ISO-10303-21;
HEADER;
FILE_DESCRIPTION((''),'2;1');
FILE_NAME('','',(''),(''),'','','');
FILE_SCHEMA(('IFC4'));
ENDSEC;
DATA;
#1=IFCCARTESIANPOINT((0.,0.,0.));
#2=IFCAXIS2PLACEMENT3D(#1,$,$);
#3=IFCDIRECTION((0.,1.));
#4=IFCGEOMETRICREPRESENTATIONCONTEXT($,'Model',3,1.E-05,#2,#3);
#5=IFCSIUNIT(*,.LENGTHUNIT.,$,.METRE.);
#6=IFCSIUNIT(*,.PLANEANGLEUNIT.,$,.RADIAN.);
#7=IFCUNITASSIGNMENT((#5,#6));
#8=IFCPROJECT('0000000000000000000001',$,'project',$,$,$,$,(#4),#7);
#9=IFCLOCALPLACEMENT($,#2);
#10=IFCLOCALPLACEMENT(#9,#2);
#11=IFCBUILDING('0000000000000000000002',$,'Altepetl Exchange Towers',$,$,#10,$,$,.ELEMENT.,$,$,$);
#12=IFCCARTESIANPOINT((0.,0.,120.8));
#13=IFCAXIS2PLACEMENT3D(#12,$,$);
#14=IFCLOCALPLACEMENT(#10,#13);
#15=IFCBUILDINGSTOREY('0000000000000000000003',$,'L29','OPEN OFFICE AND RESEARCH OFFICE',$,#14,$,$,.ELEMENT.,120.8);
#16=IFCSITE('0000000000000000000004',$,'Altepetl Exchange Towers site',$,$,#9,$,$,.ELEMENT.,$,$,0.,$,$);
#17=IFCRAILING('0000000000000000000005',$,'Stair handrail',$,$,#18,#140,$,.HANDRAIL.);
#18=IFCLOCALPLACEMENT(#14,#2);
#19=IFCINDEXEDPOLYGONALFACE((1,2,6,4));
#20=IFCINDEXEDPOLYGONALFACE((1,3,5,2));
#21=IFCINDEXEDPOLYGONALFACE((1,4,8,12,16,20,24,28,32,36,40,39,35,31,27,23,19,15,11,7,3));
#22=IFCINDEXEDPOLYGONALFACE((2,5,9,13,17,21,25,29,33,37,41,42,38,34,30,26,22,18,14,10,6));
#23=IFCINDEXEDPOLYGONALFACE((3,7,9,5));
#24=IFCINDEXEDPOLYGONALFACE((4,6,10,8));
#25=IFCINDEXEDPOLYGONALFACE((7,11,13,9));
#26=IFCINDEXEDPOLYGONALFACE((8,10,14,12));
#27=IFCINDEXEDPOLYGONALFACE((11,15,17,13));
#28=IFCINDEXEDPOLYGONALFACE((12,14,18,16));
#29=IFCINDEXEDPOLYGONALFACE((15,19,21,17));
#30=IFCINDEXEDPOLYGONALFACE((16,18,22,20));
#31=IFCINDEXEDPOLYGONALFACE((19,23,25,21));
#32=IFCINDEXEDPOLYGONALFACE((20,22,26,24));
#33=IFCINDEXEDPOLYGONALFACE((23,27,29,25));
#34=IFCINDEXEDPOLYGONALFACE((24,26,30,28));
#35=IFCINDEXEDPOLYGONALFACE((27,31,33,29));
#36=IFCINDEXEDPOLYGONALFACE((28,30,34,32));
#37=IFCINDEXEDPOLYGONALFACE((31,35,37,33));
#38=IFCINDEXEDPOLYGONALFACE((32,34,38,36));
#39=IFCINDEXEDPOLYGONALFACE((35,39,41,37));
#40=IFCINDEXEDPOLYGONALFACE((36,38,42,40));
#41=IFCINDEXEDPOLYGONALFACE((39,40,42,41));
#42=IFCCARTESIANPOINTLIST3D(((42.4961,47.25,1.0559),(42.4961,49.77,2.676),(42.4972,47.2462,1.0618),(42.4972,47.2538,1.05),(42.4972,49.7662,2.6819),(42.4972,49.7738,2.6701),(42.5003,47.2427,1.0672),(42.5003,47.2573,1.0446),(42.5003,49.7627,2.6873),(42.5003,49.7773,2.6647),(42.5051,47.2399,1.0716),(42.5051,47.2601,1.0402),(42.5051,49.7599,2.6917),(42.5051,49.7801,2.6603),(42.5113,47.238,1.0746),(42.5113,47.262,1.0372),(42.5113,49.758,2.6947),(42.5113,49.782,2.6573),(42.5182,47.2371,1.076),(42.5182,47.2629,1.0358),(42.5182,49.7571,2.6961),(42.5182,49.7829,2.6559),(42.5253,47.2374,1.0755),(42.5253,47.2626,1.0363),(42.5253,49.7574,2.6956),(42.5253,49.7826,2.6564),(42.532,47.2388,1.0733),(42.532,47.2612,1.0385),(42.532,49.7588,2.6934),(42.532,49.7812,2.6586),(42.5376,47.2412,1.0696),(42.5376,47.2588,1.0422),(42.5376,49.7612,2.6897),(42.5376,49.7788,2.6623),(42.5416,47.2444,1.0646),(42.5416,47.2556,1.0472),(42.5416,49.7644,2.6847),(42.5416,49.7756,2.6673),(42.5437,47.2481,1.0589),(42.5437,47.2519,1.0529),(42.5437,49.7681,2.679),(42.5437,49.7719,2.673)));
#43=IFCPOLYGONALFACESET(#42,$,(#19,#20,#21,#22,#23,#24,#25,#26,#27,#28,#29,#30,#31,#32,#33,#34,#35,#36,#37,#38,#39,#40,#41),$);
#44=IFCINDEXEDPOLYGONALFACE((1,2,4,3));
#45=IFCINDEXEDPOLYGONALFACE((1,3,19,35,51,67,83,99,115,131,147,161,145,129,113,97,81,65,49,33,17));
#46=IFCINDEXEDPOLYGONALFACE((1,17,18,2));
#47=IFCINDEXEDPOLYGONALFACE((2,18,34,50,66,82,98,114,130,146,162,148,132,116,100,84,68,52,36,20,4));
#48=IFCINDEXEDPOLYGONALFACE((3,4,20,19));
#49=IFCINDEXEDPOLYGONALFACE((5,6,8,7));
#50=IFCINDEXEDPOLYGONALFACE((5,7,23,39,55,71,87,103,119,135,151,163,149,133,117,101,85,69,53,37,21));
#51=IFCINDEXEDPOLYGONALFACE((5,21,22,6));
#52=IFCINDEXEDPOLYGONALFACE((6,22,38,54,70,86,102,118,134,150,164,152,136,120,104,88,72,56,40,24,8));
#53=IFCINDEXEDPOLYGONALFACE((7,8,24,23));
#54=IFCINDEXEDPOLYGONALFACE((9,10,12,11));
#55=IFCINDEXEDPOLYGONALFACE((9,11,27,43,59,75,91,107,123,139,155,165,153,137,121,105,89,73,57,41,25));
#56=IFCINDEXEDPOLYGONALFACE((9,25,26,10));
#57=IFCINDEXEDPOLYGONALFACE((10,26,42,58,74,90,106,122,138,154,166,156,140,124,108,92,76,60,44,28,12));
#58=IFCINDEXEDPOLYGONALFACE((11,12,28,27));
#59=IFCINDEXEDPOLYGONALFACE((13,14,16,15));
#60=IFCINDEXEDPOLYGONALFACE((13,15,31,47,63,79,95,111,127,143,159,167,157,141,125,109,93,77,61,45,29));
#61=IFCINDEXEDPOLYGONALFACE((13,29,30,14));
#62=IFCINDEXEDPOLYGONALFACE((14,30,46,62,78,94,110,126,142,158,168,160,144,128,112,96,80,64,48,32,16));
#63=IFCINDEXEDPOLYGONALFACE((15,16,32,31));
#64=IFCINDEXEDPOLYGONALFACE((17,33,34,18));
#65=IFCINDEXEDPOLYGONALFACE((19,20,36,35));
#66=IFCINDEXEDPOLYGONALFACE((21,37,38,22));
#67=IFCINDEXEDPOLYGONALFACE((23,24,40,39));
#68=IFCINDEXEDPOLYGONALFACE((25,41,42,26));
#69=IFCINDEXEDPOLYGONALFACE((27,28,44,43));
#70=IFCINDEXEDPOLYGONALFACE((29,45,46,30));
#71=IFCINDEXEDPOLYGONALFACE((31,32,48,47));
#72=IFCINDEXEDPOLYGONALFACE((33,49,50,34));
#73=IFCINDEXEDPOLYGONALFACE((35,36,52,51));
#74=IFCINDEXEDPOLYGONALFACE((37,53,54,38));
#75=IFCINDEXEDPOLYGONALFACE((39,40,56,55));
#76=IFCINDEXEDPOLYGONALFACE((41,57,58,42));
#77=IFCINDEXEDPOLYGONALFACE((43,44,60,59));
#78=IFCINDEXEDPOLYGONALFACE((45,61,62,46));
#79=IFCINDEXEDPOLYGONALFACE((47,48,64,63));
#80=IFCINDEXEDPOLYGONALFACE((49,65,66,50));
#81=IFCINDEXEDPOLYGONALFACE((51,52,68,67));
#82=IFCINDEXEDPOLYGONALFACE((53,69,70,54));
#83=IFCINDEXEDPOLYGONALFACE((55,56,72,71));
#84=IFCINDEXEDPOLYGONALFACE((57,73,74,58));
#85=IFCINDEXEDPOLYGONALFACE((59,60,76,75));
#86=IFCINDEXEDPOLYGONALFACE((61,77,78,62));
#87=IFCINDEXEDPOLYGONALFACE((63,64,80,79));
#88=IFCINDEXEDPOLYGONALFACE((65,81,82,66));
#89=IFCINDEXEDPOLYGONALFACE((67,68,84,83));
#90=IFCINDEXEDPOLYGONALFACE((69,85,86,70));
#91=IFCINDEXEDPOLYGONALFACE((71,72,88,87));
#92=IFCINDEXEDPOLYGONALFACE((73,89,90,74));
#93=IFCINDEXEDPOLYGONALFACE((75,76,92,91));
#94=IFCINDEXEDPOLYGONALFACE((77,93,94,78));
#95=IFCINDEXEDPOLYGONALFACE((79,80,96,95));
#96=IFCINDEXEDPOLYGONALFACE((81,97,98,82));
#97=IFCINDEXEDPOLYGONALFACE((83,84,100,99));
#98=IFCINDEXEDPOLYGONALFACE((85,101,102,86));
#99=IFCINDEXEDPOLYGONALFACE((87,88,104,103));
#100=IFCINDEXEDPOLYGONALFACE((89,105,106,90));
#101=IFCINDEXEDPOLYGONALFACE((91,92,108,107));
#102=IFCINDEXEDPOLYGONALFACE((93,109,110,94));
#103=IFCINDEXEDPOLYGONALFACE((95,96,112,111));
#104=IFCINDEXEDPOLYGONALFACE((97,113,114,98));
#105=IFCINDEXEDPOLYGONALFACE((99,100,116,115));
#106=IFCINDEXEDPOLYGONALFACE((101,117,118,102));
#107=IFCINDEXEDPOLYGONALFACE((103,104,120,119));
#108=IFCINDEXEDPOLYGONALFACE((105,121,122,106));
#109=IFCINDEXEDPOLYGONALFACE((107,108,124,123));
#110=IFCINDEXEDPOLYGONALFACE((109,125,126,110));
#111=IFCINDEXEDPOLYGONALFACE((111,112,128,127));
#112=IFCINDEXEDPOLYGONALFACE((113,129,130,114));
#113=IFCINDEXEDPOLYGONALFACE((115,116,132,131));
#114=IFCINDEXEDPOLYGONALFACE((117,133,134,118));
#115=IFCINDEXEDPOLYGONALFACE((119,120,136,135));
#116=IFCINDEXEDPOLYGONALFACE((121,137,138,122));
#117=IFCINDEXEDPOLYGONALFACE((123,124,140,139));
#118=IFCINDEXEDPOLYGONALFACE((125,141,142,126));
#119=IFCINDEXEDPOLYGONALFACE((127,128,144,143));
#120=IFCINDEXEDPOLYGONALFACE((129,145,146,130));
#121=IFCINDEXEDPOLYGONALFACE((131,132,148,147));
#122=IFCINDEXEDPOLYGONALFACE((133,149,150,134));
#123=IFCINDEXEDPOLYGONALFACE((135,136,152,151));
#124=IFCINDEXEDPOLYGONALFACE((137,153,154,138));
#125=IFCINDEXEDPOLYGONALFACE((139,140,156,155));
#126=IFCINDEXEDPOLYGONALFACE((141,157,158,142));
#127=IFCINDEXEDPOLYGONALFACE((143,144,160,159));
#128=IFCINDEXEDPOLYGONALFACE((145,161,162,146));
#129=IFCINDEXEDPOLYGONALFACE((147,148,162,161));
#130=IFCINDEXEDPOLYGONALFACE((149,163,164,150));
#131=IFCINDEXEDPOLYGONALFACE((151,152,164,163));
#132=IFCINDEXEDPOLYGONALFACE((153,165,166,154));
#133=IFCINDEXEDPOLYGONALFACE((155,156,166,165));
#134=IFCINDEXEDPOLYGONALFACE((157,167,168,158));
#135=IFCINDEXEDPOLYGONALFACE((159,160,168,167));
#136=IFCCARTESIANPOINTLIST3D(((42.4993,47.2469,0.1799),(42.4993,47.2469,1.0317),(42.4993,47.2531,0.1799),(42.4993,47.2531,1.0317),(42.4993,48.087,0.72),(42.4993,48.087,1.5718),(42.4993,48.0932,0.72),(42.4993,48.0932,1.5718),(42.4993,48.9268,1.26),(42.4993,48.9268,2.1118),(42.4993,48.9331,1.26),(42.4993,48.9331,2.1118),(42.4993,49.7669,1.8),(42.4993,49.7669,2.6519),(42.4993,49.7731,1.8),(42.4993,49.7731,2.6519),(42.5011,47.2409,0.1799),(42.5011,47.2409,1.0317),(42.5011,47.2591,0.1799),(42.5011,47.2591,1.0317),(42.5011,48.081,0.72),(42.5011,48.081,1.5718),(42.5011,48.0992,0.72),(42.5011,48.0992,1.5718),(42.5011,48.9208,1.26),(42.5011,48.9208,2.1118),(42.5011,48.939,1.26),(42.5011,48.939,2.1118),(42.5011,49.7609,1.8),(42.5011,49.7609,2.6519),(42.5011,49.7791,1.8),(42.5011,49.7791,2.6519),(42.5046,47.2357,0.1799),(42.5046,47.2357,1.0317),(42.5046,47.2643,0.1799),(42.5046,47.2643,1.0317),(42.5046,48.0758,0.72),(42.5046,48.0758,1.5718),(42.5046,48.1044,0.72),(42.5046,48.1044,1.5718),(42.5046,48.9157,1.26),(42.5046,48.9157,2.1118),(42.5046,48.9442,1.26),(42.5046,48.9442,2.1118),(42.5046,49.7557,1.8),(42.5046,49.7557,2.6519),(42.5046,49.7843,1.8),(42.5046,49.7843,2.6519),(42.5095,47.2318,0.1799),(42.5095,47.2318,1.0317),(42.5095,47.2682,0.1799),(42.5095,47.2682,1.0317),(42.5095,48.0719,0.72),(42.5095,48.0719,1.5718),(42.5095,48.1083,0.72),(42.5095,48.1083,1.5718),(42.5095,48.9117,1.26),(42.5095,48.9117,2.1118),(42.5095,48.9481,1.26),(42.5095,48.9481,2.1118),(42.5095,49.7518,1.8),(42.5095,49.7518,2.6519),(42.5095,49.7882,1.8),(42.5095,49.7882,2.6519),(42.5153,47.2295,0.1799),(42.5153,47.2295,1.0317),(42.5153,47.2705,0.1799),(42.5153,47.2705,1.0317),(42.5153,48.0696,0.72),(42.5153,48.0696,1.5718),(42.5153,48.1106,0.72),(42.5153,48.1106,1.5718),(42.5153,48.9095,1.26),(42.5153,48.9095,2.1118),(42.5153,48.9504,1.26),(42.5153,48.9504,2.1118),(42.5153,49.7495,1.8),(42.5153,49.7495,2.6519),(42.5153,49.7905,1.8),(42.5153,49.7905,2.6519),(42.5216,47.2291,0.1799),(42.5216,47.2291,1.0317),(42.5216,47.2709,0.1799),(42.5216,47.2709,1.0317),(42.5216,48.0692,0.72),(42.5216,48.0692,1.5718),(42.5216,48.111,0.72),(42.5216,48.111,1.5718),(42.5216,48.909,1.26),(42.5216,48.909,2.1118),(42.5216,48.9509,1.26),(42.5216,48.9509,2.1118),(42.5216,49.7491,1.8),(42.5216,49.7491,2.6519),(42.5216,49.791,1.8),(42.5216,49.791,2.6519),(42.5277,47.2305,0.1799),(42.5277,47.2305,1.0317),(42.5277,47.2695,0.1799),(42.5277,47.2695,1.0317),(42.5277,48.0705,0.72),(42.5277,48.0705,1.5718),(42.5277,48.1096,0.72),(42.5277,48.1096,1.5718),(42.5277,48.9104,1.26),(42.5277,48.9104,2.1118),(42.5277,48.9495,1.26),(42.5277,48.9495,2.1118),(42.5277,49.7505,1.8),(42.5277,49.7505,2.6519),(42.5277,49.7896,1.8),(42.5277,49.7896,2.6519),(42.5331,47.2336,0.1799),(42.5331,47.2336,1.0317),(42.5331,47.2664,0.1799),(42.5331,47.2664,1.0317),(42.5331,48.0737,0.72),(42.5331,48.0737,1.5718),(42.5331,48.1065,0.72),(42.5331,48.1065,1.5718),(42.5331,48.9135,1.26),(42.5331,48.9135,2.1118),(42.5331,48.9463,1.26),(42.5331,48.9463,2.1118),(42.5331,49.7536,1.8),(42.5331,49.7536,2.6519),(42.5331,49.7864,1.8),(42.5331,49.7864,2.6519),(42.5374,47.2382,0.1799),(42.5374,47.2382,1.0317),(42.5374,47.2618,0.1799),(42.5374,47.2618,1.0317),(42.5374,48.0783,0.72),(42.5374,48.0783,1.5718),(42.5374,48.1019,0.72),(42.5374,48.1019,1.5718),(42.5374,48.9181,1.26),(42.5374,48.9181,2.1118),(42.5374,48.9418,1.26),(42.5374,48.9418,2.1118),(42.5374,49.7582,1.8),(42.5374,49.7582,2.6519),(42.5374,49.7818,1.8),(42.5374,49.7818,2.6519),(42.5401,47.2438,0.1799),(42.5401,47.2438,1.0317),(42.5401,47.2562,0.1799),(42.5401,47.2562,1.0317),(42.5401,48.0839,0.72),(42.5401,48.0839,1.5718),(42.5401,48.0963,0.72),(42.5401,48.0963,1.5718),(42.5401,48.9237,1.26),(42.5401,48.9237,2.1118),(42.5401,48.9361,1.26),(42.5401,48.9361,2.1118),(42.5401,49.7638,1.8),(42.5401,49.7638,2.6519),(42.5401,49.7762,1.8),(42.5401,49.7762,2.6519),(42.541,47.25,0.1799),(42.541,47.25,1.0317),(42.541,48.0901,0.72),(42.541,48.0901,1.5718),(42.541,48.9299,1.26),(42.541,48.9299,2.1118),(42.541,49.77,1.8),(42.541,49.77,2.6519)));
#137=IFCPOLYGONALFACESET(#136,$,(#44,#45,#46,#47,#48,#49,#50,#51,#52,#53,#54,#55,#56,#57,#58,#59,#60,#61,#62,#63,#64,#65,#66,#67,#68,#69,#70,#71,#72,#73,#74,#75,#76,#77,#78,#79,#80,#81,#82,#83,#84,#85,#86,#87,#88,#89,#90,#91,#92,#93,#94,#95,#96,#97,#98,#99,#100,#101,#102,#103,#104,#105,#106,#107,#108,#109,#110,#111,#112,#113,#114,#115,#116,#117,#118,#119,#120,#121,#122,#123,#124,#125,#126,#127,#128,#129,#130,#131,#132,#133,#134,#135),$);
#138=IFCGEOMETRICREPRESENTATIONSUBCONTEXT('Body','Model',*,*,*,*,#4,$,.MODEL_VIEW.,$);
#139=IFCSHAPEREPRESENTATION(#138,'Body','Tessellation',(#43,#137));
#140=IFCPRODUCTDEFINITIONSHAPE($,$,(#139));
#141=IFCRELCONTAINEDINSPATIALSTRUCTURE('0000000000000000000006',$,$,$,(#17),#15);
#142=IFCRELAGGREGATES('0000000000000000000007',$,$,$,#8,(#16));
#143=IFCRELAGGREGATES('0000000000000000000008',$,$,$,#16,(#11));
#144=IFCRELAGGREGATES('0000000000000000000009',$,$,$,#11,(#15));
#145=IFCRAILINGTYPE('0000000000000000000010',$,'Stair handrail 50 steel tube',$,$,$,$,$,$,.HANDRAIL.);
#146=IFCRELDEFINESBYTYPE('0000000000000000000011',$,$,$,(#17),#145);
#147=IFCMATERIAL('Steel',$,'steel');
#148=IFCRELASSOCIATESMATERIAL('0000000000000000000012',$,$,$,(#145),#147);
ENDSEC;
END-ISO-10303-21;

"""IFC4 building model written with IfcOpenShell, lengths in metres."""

from ifc_helpers import new_model, si_unit, direction, frame, origin, origin_2d, place, context, subcontext, project, spatial, circle, extrude, source, transform, mapped, material, type_object, element, save


model = new_model("IFC4")

# Units and contexts
model_context = context("Model", 3, precision=1e-05, world=origin(), true_north=direction((0.0, 1.0)))
body_context = subcontext(model_context, "Body", "Model", "MODEL_VIEW")
ifc_project = project(units=[si_unit("LENGTHUNIT", "METRE"), si_unit("PLANEANGLEUNIT", "RADIAN")], contexts=[model_context])

# Site, building, storey
site_placement = place(None, origin())
site = spatial("IfcSite", under=ifc_project, at=site_placement, Name="Altepetl Exchange Towers site", CompositionType="ELEMENT", RefElevation=0.0)
building_placement = place(site_placement, origin())
building = spatial("IfcBuilding", under=site, at=building_placement, Name="Altepetl Exchange Towers", CompositionType="ELEMENT")
storey_placement = place(building_placement, frame((0.0, 0.0, 120.8)))
storey = spatial("IfcBuildingStorey", under=building, at=storey_placement, Name="L29", Description="OPEN OFFICE AND RESEARCH OFFICE", CompositionType="ELEMENT", Elevation=120.8)

# Railing
ifc_material_1 = material(Name="Steel", Category="steel")
railing_type = type_object("IfcRailingType", Name="Stair handrail 50 steel tube", PredefinedType="HANDRAIL", material=ifc_material_1)
shared_shape = source(origin(), body_context, "Body", "SweptSolid", [
    extrude(circle(Radius=0.021, at=origin_2d()), origin(), (0.0, 0.0, 1.0), 0.8518),
])
railing_1_placement = place(storey_placement, frame((42.52, 47.25, 0.1799)))
element("IfcRailing", 1, at=railing_1_placement, inside=storey, type_object=railing_type, Name="Stair handrail", PredefinedType="HANDRAIL", context=body_context, shape_type="SweptSolid", body=[
    extrude(circle(Radius=0.0239, at=origin_2d()), frame((0.0, 0.0, 0.876), z_axis=(0.0, 0.841163, 0.540782), x_axis=(-1.0, 0.0, 0.0)), (0.0, 0.0, 1.0), 2.9958),
    mapped(shared_shape, transform((0.0, 0.0, 0.0))),
    mapped(shared_shape, transform((0.0, 0.8401, 0.54))),
    mapped(shared_shape, transform((0.0, 1.6799, 1.0801))),
    mapped(shared_shape, transform((0.0, 2.52, 1.6201))),
])

save(model, "model.ifc")
